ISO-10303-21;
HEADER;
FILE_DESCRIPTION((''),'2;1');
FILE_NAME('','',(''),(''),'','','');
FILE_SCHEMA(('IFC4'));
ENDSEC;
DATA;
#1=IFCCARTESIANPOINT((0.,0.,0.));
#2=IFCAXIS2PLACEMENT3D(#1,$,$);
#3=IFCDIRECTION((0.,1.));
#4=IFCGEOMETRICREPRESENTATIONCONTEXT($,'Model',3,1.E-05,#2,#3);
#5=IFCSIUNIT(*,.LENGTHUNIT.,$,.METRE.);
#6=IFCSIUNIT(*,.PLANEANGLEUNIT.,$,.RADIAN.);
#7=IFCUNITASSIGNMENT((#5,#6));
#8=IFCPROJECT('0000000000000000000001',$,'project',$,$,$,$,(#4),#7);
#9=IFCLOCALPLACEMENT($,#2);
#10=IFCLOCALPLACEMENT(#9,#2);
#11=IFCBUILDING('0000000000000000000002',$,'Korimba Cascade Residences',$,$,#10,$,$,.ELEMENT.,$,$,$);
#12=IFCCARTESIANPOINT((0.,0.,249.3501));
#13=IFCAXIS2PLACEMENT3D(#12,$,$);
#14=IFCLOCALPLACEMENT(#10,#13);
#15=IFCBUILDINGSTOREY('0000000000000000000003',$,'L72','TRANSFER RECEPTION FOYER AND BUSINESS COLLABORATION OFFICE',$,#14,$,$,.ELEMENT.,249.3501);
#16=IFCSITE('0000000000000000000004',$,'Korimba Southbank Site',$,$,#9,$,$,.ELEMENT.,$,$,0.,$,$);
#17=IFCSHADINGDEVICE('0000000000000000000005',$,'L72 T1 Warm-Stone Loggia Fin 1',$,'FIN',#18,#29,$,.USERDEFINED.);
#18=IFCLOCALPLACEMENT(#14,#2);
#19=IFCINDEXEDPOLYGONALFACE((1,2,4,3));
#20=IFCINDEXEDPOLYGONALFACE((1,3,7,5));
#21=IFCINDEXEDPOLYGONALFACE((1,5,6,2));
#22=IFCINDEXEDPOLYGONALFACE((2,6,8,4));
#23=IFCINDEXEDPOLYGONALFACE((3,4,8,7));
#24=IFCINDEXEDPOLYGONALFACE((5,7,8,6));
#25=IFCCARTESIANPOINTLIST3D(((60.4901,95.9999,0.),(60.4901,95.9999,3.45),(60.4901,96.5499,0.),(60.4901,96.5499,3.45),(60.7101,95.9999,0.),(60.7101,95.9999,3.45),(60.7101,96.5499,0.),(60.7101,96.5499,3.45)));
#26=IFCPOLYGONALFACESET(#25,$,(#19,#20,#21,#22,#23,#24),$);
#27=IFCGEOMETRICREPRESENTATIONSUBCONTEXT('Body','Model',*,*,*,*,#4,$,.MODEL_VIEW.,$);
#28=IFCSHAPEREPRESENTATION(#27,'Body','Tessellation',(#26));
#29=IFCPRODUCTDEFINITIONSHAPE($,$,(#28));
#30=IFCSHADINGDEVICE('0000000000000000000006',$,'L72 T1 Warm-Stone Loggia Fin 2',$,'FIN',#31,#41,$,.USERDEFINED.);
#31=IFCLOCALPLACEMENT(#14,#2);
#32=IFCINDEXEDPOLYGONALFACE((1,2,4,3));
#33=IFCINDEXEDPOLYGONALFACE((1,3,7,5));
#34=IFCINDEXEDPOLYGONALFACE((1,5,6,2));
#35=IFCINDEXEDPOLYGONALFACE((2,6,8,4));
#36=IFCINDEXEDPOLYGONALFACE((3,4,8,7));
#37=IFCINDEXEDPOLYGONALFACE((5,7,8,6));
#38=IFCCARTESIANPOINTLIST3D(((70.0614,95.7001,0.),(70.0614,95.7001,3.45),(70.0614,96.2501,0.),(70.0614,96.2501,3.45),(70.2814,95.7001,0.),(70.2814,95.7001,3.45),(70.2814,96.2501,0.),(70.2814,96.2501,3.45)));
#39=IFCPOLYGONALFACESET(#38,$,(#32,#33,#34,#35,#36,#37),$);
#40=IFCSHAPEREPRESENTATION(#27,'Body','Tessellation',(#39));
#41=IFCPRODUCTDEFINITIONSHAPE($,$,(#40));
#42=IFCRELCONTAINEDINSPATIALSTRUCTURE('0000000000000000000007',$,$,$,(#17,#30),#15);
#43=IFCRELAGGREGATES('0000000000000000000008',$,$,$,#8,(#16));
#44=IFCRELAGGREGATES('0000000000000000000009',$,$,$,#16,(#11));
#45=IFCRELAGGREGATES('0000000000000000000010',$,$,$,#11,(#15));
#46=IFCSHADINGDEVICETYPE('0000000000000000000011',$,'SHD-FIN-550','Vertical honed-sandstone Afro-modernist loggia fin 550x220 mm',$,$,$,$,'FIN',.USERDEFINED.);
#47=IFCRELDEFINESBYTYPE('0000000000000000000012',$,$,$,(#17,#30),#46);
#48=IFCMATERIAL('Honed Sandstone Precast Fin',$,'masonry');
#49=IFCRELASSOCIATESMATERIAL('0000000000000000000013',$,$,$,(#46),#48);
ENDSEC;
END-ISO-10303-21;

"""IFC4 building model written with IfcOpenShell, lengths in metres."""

from ifc_helpers import new_model, si_unit, direction, frame, origin, origin_2d, place, context, subcontext, project, spatial, rectangle, extrude, material, type_object, element, save


model = new_model("IFC4")

# Units and contexts
model_context = context("Model", 3, precision=1e-05, world=origin(), true_north=direction((0.0, 1.0)))
body_context = subcontext(model_context, "Body", "Model", "MODEL_VIEW")
ifc_project = project(units=[si_unit("LENGTHUNIT", "METRE"), si_unit("PLANEANGLEUNIT", "RADIAN")], contexts=[model_context])

# Site, building, storey
site_placement = place(None, origin())
site = spatial("IfcSite", under=ifc_project, at=site_placement, Name="Korimba Southbank Site", CompositionType="ELEMENT", RefElevation=0.0)
building_placement = place(site_placement, origin())
building = spatial("IfcBuilding", under=site, at=building_placement, Name="Korimba Cascade Residences", CompositionType="ELEMENT")
storey_placement = place(building_placement, frame((0.0, 0.0, 249.3501)))
storey = spatial("IfcBuildingStorey", under=building, at=storey_placement, Name="L72", Description="TRANSFER RECEPTION FOYER AND BUSINESS COLLABORATION OFFICE", CompositionType="ELEMENT", Elevation=249.3501)

# Shading devices
ifc_material_1 = material(Name="Honed Sandstone Precast Fin", Category="masonry")
shading_device_type = type_object("IfcShadingDeviceType", Name="SHD-FIN-550", Description="Vertical honed-sandstone Afro-modernist loggia fin 550x220 mm", ElementType="FIN", PredefinedType="USERDEFINED", material=ifc_material_1)
for number, where, z_axis, x_axis, name in (
    (1, (60.6001, 96.2749, 0.0), (0.0, 0.0, 1.0), (1.0, 0.0, 0.0), "L72 T1 Warm-Stone Loggia Fin 1"),
    (2, (70.1714, 95.9751, 0.0), (0.0, 0.0, 1.0), (1.0, 0.0, 0.0), "L72 T1 Warm-Stone Loggia Fin 2"),
):
    element("IfcShadingDevice", number, at=place(storey_placement, frame(where, z_axis=z_axis, x_axis=x_axis)), inside=storey, type_object=shading_device_type, Name=name, ObjectType="FIN", PredefinedType="USERDEFINED", context=body_context, shape_type="SweptSolid", body=[
        extrude(rectangle(XDim=0.22, YDim=0.55, at=origin_2d()), origin(), (0.0, 0.0, 1.0), 3.45),
    ])

save(model, "model.ifc")
